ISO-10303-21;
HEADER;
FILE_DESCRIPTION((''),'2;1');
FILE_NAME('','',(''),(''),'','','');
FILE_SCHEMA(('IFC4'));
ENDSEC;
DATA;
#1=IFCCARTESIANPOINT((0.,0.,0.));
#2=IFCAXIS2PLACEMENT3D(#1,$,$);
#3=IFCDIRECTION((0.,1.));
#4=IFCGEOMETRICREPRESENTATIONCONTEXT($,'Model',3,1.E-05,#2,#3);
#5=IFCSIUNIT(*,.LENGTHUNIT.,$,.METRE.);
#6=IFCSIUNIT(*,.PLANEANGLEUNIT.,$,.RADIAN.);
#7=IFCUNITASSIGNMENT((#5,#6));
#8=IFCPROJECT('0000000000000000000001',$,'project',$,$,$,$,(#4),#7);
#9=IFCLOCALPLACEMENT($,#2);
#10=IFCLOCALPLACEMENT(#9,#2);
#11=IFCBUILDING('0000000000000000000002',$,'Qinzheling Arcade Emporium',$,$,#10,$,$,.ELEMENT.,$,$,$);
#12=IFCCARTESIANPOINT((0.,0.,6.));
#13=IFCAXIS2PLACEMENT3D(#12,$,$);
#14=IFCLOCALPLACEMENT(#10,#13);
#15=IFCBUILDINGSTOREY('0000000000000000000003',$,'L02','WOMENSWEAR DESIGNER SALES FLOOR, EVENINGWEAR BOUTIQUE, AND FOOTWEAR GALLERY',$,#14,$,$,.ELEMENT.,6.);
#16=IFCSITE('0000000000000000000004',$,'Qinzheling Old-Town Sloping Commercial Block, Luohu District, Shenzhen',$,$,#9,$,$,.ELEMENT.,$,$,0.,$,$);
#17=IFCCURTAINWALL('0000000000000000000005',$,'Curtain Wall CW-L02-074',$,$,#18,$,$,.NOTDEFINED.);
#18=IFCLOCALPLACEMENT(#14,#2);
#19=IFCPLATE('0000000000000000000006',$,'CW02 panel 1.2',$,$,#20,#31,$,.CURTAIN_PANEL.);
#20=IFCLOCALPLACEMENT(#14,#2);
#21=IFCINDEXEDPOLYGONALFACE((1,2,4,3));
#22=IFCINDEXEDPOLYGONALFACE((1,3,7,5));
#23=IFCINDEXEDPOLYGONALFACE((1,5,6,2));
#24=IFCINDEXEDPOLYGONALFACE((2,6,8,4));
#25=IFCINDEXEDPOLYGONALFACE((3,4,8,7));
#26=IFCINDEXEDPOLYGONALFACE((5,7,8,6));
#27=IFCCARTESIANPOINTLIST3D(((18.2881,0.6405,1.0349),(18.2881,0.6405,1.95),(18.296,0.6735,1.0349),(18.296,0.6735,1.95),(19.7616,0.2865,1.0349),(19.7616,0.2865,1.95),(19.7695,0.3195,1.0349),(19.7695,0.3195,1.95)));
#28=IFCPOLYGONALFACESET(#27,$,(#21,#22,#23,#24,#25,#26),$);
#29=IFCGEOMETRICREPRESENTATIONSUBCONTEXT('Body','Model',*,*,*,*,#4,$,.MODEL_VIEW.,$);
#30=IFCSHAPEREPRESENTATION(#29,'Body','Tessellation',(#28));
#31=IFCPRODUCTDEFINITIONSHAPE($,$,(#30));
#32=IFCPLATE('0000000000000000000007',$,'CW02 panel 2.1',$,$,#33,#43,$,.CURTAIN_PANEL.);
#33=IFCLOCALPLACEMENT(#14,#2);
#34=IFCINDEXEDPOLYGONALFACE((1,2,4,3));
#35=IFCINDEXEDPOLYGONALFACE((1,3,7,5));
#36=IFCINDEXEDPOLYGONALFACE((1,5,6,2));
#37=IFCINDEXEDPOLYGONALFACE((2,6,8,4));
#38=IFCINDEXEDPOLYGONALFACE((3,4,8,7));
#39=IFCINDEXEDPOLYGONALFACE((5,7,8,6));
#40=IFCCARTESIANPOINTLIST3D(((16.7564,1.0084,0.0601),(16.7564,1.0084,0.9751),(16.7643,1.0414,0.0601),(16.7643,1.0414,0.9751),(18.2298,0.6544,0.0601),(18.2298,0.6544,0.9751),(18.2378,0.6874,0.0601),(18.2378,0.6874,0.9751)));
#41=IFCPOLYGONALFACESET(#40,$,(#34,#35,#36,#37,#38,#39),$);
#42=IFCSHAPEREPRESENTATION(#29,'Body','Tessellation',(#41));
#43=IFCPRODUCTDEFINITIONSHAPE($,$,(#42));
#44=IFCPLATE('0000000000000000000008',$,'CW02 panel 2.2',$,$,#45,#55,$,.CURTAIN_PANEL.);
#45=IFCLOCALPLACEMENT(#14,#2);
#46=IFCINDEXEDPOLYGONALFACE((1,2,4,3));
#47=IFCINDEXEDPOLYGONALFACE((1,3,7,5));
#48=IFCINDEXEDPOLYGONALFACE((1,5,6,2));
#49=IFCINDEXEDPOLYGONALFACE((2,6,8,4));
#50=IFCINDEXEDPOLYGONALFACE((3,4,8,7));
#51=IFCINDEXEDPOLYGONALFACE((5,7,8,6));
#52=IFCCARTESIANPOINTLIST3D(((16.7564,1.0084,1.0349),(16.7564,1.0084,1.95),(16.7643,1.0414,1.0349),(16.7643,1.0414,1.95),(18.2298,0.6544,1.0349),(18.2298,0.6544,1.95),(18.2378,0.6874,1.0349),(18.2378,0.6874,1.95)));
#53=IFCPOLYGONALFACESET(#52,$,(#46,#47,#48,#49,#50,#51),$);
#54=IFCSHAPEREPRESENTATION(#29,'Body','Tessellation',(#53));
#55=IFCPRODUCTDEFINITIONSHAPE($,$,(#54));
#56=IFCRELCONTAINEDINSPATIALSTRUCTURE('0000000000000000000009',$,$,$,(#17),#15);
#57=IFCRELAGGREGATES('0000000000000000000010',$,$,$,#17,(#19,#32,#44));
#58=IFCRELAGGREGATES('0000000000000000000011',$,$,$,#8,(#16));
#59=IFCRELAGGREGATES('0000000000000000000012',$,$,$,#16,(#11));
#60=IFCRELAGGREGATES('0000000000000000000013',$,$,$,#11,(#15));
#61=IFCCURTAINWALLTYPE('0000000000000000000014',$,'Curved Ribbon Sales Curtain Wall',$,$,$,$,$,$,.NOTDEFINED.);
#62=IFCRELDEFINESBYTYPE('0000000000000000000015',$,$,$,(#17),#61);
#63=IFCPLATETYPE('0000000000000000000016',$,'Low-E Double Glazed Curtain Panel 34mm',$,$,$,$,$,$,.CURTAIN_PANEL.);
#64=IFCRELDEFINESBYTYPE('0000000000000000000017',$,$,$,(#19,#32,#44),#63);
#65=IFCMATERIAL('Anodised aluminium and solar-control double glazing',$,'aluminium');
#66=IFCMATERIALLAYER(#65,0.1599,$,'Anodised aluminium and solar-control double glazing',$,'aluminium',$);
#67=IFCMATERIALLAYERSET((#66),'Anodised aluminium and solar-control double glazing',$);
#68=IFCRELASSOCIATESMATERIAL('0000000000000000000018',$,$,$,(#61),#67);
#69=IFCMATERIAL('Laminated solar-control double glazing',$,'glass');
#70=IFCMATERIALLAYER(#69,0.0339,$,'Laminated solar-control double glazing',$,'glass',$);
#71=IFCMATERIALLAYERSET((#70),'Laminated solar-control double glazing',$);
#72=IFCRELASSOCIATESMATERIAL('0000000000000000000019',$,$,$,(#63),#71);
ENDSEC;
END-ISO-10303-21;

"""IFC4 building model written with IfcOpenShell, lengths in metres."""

from ifc_helpers import new_model, si_unit, direction, frame, origin, origin_2d, place, context, subcontext, project, spatial, rectangle, extrude, material, layer, layer_set, type_object, element, aggregate, save


model = new_model("IFC4")

# Units and contexts
model_context = context("Model", 3, precision=1e-05, world=origin(), true_north=direction((0.0, 1.0)))
body_context = subcontext(model_context, "Body", "Model", "MODEL_VIEW")
ifc_project = project(units=[si_unit("LENGTHUNIT", "METRE"), si_unit("PLANEANGLEUNIT", "RADIAN")], contexts=[model_context])

# Site, building, storey
site_placement = place(None, origin())
site = spatial("IfcSite", under=ifc_project, at=site_placement, Name="Qinzheling Old-Town Sloping Commercial Block, Luohu District, Shenzhen", CompositionType="ELEMENT", RefElevation=0.0)
building_placement = place(site_placement, origin())
building = spatial("IfcBuilding", under=site, at=building_placement, Name="Qinzheling Arcade Emporium", CompositionType="ELEMENT")
storey_placement = place(building_placement, frame((0.0, 0.0, 6.0)))
storey = spatial("IfcBuildingStorey", under=building, at=storey_placement, Name="L02", Description="WOMENSWEAR DESIGNER SALES FLOOR, EVENINGWEAR BOUTIQUE, AND FOOTWEAR GALLERY", CompositionType="ELEMENT", Elevation=6.0)

# Shared definitions
ifc_material_1 = material(Name="Anodised aluminium and solar-control double glazing", Category="aluminium")
ifc_layer_1 = layer(ifc_material_1, 0.1599, Name="Anodised aluminium and solar-control double glazing", Category="aluminium")
ifc_layer_set_1 = layer_set([ifc_layer_1], Name="Anodised aluminium and solar-control double glazing")
curtain_wall_type = type_object("IfcCurtainWallType", Name="Curved Ribbon Sales Curtain Wall", PredefinedType="NOTDEFINED", material=ifc_layer_set_1)

# Curtain wall
curtain_wall_1_placement = place(storey_placement, origin())
curtain_wall_1 = element("IfcCurtainWall", 1, at=curtain_wall_1_placement, inside=storey, type_object=curtain_wall_type, Name="Curtain Wall CW-L02-074", PredefinedType="NOTDEFINED")

# Plates
ifc_material_2 = material(Name="Laminated solar-control double glazing", Category="glass")
ifc_layer_2 = layer(ifc_material_2, 0.0339, Name="Laminated solar-control double glazing", Category="glass")
ifc_layer_set_2 = layer_set([ifc_layer_2], Name="Laminated solar-control double glazing")
plate_type_1 = type_object("IfcPlateType", Name="Low-E Double Glazed Curtain Panel 34mm", PredefinedType="CURTAIN_PANEL", material=ifc_layer_set_2)
plate_1_placement = place(storey_placement, frame((19.0288, 0.48, 1.0349), z_axis=(0.0, 0.0, 1.0), x_axis=(-0.972336, 0.233585, 0.0)))
plate_1 = element("IfcPlate", 2, at=plate_1_placement, type_object=plate_type_1, Name="CW02 panel 1.2", PredefinedType="CURTAIN_PANEL", context=body_context, shape_type="SweptSolid", body=[
    extrude(rectangle(XDim=1.5154, YDim=0.0339, at=origin_2d()), origin(), (0.0, 0.0, 1.0), 0.915),
])
plate_2_placement = place(storey_placement, frame((17.4971, 0.8479, 0.0601), z_axis=(0.0, 0.0, 1.0), x_axis=(-0.972336, 0.233585, 0.0)))
plate_2 = element("IfcPlate", 3, at=plate_2_placement, type_object=plate_type_1, Name="CW02 panel 2.1", PredefinedType="CURTAIN_PANEL", context=body_context, shape_type="SweptSolid", body=[
    extrude(rectangle(XDim=1.5154, YDim=0.0339, at=origin_2d()), origin(), (0.0, 0.0, 1.0), 0.915),
])
plate_3_placement = place(storey_placement, frame((17.4971, 0.8479, 1.0349), z_axis=(0.0, 0.0, 1.0), x_axis=(-0.972336, 0.233585, 0.0)))
plate_3 = element("IfcPlate", 4, at=plate_3_placement, type_object=plate_type_1, Name="CW02 panel 2.2", PredefinedType="CURTAIN_PANEL", context=body_context, shape_type="SweptSolid", body=[
    extrude(rectangle(XDim=1.5154, YDim=0.0339, at=origin_2d()), origin(), (0.0, 0.0, 1.0), 0.915),
])
aggregate(curtain_wall_1, [plate_1, plate_2, plate_3])

save(model, "model.ifc")
